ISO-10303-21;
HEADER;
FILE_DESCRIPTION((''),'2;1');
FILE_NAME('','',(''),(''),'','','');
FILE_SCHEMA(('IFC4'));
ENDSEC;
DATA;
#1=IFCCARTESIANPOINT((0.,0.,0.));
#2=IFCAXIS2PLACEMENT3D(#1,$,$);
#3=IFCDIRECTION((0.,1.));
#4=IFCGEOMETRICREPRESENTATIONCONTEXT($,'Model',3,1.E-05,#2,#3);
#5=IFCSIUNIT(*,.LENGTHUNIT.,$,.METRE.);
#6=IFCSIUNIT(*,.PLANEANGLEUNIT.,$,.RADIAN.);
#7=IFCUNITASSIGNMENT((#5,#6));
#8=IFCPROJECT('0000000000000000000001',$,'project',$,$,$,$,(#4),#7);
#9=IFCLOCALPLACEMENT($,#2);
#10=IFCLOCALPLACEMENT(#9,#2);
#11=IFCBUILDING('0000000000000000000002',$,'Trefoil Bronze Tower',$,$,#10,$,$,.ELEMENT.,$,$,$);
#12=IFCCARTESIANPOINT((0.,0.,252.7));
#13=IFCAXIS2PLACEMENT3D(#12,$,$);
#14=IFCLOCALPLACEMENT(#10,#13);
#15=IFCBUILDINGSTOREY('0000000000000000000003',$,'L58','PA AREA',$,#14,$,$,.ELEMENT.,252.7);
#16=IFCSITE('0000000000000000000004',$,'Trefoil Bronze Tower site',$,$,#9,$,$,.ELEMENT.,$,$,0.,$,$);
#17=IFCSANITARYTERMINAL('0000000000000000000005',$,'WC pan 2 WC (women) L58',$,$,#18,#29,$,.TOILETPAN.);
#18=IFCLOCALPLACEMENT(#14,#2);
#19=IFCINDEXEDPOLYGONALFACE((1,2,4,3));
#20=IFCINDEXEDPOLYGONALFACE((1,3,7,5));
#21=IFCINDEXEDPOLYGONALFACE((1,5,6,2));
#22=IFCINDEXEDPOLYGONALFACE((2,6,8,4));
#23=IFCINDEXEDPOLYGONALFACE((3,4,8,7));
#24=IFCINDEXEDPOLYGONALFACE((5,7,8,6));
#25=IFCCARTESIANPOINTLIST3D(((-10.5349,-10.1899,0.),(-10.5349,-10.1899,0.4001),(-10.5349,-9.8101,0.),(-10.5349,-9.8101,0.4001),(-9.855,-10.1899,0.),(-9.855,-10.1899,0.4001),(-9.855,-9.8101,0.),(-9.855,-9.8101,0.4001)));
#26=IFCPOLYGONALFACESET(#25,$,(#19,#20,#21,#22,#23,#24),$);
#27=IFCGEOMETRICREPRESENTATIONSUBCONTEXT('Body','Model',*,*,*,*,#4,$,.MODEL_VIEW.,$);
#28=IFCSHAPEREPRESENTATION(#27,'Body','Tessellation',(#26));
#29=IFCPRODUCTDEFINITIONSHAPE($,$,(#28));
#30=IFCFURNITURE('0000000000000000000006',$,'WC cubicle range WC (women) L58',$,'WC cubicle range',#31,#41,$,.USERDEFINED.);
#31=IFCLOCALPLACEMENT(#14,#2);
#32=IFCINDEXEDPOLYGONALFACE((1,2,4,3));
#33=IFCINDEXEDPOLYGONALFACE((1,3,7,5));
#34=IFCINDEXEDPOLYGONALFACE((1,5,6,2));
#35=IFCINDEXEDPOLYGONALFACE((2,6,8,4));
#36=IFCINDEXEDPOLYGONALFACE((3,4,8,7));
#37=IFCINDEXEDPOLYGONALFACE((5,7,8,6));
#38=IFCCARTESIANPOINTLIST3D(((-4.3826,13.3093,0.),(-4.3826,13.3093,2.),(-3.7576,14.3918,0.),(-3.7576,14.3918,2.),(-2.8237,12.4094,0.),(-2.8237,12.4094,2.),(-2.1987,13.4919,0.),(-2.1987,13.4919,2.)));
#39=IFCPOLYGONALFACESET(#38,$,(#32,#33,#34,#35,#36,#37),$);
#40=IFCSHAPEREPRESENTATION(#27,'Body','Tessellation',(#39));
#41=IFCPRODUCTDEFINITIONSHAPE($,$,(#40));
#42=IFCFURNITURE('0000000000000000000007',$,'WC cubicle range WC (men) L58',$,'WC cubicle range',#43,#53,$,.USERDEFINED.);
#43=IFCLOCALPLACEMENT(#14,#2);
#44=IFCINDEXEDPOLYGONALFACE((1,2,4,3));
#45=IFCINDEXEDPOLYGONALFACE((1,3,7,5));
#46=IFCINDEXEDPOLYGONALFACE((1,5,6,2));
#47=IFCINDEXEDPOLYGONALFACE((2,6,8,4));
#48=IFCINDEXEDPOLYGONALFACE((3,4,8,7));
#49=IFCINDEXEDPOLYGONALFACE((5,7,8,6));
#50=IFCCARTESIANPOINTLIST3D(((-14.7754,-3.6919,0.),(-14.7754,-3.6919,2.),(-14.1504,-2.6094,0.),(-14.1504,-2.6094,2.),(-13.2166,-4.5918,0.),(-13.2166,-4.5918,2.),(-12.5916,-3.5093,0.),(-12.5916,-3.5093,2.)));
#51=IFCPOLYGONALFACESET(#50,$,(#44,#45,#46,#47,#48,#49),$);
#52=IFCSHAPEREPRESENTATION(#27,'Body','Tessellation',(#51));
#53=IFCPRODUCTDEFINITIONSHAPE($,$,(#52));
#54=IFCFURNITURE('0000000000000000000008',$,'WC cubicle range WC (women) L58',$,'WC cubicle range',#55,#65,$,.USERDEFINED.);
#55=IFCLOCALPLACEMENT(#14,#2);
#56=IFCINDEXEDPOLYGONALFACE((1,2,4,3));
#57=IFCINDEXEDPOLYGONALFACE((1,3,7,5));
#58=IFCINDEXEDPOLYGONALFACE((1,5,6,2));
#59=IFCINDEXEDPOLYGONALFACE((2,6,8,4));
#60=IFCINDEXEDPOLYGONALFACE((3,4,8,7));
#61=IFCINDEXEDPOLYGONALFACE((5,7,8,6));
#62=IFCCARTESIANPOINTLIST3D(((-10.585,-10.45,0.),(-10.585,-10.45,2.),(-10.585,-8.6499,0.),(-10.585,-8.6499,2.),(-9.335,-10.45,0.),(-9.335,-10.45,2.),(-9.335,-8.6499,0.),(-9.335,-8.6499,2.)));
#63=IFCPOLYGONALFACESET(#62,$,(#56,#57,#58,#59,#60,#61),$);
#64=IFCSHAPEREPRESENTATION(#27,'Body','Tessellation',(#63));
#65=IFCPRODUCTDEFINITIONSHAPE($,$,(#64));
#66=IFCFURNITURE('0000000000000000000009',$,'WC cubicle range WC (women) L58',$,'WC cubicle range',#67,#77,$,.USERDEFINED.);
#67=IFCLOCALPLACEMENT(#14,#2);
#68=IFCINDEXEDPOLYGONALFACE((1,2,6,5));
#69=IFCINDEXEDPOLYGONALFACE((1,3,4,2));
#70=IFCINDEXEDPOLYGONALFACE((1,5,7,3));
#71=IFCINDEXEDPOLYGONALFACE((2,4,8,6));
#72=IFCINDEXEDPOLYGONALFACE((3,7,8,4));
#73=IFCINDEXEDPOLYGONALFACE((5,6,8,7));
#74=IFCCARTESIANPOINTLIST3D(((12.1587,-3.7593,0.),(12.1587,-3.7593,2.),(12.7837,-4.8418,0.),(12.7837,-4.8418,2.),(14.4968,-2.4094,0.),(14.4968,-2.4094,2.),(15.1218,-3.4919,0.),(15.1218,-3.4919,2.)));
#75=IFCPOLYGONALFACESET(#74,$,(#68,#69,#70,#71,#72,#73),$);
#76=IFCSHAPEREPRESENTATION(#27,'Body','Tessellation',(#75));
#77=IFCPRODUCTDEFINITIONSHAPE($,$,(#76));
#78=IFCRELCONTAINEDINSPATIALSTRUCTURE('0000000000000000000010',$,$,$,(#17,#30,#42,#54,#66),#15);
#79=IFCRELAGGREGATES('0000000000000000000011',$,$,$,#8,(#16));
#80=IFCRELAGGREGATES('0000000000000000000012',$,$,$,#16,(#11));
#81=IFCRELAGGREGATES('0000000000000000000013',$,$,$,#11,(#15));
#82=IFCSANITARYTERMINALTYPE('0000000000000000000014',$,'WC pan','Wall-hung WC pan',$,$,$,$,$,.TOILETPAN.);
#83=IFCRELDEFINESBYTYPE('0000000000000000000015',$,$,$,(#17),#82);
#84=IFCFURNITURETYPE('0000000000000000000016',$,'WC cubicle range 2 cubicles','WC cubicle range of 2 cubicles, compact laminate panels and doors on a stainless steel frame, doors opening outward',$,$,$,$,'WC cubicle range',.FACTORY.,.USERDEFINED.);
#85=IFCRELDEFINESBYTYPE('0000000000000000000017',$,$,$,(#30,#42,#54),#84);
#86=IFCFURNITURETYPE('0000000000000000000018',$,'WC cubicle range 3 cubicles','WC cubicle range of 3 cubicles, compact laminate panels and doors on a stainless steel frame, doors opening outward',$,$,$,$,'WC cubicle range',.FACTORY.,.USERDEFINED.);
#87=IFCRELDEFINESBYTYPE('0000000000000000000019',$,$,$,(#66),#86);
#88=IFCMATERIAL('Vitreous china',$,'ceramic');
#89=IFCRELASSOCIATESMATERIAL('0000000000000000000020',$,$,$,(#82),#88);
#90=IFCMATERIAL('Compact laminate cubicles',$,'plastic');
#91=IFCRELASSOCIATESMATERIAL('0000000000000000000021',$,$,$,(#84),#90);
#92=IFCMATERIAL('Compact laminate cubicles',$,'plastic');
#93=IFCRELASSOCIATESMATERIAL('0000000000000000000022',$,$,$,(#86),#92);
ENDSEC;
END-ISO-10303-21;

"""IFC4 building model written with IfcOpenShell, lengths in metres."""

from ifc_helpers import new_model, si_unit, direction, frame, origin, place, context, subcontext, project, spatial, polyline, outline, extrude, material, type_object, element, save


model = new_model("IFC4")

# Units and contexts
model_context = context("Model", 3, precision=1e-05, world=origin(), true_north=direction((0.0, 1.0)))
body_context = subcontext(model_context, "Body", "Model", "MODEL_VIEW")
ifc_project = project(units=[si_unit("LENGTHUNIT", "METRE"), si_unit("PLANEANGLEUNIT", "RADIAN")], contexts=[model_context])

# Site, building, storey
site_placement = place(None, origin())
site = spatial("IfcSite", under=ifc_project, at=site_placement, Name="Trefoil Bronze Tower site", CompositionType="ELEMENT", RefElevation=0.0)
building_placement = place(site_placement, origin())
building = spatial("IfcBuilding", under=site, at=building_placement, Name="Trefoil Bronze Tower", CompositionType="ELEMENT")
storey_placement = place(building_placement, frame((0.0, 0.0, 252.7)))
storey = spatial("IfcBuildingStorey", under=building, at=storey_placement, Name="L58", Description="PA AREA", CompositionType="ELEMENT", Elevation=252.7)

# Sanitary terminal
ifc_material_1 = material(Name="Vitreous china", Category="ceramic")
sanitary_terminal_type_1 = type_object("IfcSanitaryTerminalType", Name="WC pan", Description="Wall-hung WC pan", PredefinedType="TOILETPAN", material=ifc_material_1)
sanitary_terminal_1_placement = place(storey_placement, origin())
element("IfcSanitaryTerminal", 1, at=sanitary_terminal_1_placement, inside=storey, type_object=sanitary_terminal_type_1, Name="WC pan 2 WC (women) L58", PredefinedType="TOILETPAN", context=body_context, shape_type="SweptSolid", body=[
    extrude(outline(polyline([(-9.855, -9.8101), (-10.5349, -9.8101), (-10.5349, -10.1899), (-9.855, -10.1899), (-9.855, -9.8101)])), origin(), (0.0, 0.0, 1.0), 0.4001),
])

# Furniture
ifc_material_2 = material(Name="Compact laminate cubicles", Category="plastic")
furniture_type_1 = type_object("IfcFurnitureType", Name="WC cubicle range 2 cubicles", Description="WC cubicle range of 2 cubicles, compact laminate panels and doors on a stainless steel frame, doors opening outward", ElementType="WC cubicle range", AssemblyPlace="FACTORY", PredefinedType="USERDEFINED", material=ifc_material_2)
furniture_1_placement = place(storey_placement, origin())
element("IfcFurniture", 2, at=furniture_1_placement, inside=storey, type_object=furniture_type_1, Name="WC cubicle range WC (women) L58", ObjectType="WC cubicle range", PredefinedType="USERDEFINED", context=body_context, shape_type="SweptSolid", body=[
    extrude(outline(polyline([(-2.8237, 12.4094), (-2.1987, 13.4919), (-3.7576, 14.3918), (-4.3826, 13.3093), (-2.8237, 12.4094)])), origin(), (0.0, 0.0, 1.0), 2.0),
])
furniture_2_placement = place(storey_placement, origin())
element("IfcFurniture", 3, at=furniture_2_placement, inside=storey, type_object=furniture_type_1, Name="WC cubicle range WC (men) L58", ObjectType="WC cubicle range", PredefinedType="USERDEFINED", context=body_context, shape_type="SweptSolid", body=[
    extrude(outline(polyline([(-12.5916, -3.5093), (-13.2166, -4.5918), (-14.7754, -3.6919), (-14.1504, -2.6094), (-12.5916, -3.5093)])), origin(), (0.0, 0.0, 1.0), 2.0),
])
furniture_3_placement = place(storey_placement, origin())
element("IfcFurniture", 4, at=furniture_3_placement, inside=storey, type_object=furniture_type_1, Name="WC cubicle range WC (women) L58", ObjectType="WC cubicle range", PredefinedType="USERDEFINED", context=body_context, shape_type="SweptSolid", body=[
    extrude(outline(polyline([(-9.335, -8.6499), (-10.585, -8.6499), (-10.585, -10.45), (-9.335, -10.45), (-9.335, -8.6499)])), origin(), (0.0, 0.0, 1.0), 2.0),
])
ifc_material_3 = material(Name="Compact laminate cubicles", Category="plastic")
furniture_type_2 = type_object("IfcFurnitureType", Name="WC cubicle range 3 cubicles", Description="WC cubicle range of 3 cubicles, compact laminate panels and doors on a stainless steel frame, doors opening outward", ElementType="WC cubicle range", AssemblyPlace="FACTORY", PredefinedType="USERDEFINED", material=ifc_material_3)
furniture_4_placement = place(storey_placement, origin())
element("IfcFurniture", 5, at=furniture_4_placement, inside=storey, type_object=furniture_type_2, Name="WC cubicle range WC (women) L58", ObjectType="WC cubicle range", PredefinedType="USERDEFINED", context=body_context, shape_type="SweptSolid", body=[
    extrude(outline(polyline([(12.1587, -3.7593), (12.7837, -4.8418), (15.1218, -3.4919), (14.4968, -2.4094), (12.1587, -3.7593)])), origin(), (0.0, 0.0, 1.0), 2.0),
])

save(model, "model.ifc")
